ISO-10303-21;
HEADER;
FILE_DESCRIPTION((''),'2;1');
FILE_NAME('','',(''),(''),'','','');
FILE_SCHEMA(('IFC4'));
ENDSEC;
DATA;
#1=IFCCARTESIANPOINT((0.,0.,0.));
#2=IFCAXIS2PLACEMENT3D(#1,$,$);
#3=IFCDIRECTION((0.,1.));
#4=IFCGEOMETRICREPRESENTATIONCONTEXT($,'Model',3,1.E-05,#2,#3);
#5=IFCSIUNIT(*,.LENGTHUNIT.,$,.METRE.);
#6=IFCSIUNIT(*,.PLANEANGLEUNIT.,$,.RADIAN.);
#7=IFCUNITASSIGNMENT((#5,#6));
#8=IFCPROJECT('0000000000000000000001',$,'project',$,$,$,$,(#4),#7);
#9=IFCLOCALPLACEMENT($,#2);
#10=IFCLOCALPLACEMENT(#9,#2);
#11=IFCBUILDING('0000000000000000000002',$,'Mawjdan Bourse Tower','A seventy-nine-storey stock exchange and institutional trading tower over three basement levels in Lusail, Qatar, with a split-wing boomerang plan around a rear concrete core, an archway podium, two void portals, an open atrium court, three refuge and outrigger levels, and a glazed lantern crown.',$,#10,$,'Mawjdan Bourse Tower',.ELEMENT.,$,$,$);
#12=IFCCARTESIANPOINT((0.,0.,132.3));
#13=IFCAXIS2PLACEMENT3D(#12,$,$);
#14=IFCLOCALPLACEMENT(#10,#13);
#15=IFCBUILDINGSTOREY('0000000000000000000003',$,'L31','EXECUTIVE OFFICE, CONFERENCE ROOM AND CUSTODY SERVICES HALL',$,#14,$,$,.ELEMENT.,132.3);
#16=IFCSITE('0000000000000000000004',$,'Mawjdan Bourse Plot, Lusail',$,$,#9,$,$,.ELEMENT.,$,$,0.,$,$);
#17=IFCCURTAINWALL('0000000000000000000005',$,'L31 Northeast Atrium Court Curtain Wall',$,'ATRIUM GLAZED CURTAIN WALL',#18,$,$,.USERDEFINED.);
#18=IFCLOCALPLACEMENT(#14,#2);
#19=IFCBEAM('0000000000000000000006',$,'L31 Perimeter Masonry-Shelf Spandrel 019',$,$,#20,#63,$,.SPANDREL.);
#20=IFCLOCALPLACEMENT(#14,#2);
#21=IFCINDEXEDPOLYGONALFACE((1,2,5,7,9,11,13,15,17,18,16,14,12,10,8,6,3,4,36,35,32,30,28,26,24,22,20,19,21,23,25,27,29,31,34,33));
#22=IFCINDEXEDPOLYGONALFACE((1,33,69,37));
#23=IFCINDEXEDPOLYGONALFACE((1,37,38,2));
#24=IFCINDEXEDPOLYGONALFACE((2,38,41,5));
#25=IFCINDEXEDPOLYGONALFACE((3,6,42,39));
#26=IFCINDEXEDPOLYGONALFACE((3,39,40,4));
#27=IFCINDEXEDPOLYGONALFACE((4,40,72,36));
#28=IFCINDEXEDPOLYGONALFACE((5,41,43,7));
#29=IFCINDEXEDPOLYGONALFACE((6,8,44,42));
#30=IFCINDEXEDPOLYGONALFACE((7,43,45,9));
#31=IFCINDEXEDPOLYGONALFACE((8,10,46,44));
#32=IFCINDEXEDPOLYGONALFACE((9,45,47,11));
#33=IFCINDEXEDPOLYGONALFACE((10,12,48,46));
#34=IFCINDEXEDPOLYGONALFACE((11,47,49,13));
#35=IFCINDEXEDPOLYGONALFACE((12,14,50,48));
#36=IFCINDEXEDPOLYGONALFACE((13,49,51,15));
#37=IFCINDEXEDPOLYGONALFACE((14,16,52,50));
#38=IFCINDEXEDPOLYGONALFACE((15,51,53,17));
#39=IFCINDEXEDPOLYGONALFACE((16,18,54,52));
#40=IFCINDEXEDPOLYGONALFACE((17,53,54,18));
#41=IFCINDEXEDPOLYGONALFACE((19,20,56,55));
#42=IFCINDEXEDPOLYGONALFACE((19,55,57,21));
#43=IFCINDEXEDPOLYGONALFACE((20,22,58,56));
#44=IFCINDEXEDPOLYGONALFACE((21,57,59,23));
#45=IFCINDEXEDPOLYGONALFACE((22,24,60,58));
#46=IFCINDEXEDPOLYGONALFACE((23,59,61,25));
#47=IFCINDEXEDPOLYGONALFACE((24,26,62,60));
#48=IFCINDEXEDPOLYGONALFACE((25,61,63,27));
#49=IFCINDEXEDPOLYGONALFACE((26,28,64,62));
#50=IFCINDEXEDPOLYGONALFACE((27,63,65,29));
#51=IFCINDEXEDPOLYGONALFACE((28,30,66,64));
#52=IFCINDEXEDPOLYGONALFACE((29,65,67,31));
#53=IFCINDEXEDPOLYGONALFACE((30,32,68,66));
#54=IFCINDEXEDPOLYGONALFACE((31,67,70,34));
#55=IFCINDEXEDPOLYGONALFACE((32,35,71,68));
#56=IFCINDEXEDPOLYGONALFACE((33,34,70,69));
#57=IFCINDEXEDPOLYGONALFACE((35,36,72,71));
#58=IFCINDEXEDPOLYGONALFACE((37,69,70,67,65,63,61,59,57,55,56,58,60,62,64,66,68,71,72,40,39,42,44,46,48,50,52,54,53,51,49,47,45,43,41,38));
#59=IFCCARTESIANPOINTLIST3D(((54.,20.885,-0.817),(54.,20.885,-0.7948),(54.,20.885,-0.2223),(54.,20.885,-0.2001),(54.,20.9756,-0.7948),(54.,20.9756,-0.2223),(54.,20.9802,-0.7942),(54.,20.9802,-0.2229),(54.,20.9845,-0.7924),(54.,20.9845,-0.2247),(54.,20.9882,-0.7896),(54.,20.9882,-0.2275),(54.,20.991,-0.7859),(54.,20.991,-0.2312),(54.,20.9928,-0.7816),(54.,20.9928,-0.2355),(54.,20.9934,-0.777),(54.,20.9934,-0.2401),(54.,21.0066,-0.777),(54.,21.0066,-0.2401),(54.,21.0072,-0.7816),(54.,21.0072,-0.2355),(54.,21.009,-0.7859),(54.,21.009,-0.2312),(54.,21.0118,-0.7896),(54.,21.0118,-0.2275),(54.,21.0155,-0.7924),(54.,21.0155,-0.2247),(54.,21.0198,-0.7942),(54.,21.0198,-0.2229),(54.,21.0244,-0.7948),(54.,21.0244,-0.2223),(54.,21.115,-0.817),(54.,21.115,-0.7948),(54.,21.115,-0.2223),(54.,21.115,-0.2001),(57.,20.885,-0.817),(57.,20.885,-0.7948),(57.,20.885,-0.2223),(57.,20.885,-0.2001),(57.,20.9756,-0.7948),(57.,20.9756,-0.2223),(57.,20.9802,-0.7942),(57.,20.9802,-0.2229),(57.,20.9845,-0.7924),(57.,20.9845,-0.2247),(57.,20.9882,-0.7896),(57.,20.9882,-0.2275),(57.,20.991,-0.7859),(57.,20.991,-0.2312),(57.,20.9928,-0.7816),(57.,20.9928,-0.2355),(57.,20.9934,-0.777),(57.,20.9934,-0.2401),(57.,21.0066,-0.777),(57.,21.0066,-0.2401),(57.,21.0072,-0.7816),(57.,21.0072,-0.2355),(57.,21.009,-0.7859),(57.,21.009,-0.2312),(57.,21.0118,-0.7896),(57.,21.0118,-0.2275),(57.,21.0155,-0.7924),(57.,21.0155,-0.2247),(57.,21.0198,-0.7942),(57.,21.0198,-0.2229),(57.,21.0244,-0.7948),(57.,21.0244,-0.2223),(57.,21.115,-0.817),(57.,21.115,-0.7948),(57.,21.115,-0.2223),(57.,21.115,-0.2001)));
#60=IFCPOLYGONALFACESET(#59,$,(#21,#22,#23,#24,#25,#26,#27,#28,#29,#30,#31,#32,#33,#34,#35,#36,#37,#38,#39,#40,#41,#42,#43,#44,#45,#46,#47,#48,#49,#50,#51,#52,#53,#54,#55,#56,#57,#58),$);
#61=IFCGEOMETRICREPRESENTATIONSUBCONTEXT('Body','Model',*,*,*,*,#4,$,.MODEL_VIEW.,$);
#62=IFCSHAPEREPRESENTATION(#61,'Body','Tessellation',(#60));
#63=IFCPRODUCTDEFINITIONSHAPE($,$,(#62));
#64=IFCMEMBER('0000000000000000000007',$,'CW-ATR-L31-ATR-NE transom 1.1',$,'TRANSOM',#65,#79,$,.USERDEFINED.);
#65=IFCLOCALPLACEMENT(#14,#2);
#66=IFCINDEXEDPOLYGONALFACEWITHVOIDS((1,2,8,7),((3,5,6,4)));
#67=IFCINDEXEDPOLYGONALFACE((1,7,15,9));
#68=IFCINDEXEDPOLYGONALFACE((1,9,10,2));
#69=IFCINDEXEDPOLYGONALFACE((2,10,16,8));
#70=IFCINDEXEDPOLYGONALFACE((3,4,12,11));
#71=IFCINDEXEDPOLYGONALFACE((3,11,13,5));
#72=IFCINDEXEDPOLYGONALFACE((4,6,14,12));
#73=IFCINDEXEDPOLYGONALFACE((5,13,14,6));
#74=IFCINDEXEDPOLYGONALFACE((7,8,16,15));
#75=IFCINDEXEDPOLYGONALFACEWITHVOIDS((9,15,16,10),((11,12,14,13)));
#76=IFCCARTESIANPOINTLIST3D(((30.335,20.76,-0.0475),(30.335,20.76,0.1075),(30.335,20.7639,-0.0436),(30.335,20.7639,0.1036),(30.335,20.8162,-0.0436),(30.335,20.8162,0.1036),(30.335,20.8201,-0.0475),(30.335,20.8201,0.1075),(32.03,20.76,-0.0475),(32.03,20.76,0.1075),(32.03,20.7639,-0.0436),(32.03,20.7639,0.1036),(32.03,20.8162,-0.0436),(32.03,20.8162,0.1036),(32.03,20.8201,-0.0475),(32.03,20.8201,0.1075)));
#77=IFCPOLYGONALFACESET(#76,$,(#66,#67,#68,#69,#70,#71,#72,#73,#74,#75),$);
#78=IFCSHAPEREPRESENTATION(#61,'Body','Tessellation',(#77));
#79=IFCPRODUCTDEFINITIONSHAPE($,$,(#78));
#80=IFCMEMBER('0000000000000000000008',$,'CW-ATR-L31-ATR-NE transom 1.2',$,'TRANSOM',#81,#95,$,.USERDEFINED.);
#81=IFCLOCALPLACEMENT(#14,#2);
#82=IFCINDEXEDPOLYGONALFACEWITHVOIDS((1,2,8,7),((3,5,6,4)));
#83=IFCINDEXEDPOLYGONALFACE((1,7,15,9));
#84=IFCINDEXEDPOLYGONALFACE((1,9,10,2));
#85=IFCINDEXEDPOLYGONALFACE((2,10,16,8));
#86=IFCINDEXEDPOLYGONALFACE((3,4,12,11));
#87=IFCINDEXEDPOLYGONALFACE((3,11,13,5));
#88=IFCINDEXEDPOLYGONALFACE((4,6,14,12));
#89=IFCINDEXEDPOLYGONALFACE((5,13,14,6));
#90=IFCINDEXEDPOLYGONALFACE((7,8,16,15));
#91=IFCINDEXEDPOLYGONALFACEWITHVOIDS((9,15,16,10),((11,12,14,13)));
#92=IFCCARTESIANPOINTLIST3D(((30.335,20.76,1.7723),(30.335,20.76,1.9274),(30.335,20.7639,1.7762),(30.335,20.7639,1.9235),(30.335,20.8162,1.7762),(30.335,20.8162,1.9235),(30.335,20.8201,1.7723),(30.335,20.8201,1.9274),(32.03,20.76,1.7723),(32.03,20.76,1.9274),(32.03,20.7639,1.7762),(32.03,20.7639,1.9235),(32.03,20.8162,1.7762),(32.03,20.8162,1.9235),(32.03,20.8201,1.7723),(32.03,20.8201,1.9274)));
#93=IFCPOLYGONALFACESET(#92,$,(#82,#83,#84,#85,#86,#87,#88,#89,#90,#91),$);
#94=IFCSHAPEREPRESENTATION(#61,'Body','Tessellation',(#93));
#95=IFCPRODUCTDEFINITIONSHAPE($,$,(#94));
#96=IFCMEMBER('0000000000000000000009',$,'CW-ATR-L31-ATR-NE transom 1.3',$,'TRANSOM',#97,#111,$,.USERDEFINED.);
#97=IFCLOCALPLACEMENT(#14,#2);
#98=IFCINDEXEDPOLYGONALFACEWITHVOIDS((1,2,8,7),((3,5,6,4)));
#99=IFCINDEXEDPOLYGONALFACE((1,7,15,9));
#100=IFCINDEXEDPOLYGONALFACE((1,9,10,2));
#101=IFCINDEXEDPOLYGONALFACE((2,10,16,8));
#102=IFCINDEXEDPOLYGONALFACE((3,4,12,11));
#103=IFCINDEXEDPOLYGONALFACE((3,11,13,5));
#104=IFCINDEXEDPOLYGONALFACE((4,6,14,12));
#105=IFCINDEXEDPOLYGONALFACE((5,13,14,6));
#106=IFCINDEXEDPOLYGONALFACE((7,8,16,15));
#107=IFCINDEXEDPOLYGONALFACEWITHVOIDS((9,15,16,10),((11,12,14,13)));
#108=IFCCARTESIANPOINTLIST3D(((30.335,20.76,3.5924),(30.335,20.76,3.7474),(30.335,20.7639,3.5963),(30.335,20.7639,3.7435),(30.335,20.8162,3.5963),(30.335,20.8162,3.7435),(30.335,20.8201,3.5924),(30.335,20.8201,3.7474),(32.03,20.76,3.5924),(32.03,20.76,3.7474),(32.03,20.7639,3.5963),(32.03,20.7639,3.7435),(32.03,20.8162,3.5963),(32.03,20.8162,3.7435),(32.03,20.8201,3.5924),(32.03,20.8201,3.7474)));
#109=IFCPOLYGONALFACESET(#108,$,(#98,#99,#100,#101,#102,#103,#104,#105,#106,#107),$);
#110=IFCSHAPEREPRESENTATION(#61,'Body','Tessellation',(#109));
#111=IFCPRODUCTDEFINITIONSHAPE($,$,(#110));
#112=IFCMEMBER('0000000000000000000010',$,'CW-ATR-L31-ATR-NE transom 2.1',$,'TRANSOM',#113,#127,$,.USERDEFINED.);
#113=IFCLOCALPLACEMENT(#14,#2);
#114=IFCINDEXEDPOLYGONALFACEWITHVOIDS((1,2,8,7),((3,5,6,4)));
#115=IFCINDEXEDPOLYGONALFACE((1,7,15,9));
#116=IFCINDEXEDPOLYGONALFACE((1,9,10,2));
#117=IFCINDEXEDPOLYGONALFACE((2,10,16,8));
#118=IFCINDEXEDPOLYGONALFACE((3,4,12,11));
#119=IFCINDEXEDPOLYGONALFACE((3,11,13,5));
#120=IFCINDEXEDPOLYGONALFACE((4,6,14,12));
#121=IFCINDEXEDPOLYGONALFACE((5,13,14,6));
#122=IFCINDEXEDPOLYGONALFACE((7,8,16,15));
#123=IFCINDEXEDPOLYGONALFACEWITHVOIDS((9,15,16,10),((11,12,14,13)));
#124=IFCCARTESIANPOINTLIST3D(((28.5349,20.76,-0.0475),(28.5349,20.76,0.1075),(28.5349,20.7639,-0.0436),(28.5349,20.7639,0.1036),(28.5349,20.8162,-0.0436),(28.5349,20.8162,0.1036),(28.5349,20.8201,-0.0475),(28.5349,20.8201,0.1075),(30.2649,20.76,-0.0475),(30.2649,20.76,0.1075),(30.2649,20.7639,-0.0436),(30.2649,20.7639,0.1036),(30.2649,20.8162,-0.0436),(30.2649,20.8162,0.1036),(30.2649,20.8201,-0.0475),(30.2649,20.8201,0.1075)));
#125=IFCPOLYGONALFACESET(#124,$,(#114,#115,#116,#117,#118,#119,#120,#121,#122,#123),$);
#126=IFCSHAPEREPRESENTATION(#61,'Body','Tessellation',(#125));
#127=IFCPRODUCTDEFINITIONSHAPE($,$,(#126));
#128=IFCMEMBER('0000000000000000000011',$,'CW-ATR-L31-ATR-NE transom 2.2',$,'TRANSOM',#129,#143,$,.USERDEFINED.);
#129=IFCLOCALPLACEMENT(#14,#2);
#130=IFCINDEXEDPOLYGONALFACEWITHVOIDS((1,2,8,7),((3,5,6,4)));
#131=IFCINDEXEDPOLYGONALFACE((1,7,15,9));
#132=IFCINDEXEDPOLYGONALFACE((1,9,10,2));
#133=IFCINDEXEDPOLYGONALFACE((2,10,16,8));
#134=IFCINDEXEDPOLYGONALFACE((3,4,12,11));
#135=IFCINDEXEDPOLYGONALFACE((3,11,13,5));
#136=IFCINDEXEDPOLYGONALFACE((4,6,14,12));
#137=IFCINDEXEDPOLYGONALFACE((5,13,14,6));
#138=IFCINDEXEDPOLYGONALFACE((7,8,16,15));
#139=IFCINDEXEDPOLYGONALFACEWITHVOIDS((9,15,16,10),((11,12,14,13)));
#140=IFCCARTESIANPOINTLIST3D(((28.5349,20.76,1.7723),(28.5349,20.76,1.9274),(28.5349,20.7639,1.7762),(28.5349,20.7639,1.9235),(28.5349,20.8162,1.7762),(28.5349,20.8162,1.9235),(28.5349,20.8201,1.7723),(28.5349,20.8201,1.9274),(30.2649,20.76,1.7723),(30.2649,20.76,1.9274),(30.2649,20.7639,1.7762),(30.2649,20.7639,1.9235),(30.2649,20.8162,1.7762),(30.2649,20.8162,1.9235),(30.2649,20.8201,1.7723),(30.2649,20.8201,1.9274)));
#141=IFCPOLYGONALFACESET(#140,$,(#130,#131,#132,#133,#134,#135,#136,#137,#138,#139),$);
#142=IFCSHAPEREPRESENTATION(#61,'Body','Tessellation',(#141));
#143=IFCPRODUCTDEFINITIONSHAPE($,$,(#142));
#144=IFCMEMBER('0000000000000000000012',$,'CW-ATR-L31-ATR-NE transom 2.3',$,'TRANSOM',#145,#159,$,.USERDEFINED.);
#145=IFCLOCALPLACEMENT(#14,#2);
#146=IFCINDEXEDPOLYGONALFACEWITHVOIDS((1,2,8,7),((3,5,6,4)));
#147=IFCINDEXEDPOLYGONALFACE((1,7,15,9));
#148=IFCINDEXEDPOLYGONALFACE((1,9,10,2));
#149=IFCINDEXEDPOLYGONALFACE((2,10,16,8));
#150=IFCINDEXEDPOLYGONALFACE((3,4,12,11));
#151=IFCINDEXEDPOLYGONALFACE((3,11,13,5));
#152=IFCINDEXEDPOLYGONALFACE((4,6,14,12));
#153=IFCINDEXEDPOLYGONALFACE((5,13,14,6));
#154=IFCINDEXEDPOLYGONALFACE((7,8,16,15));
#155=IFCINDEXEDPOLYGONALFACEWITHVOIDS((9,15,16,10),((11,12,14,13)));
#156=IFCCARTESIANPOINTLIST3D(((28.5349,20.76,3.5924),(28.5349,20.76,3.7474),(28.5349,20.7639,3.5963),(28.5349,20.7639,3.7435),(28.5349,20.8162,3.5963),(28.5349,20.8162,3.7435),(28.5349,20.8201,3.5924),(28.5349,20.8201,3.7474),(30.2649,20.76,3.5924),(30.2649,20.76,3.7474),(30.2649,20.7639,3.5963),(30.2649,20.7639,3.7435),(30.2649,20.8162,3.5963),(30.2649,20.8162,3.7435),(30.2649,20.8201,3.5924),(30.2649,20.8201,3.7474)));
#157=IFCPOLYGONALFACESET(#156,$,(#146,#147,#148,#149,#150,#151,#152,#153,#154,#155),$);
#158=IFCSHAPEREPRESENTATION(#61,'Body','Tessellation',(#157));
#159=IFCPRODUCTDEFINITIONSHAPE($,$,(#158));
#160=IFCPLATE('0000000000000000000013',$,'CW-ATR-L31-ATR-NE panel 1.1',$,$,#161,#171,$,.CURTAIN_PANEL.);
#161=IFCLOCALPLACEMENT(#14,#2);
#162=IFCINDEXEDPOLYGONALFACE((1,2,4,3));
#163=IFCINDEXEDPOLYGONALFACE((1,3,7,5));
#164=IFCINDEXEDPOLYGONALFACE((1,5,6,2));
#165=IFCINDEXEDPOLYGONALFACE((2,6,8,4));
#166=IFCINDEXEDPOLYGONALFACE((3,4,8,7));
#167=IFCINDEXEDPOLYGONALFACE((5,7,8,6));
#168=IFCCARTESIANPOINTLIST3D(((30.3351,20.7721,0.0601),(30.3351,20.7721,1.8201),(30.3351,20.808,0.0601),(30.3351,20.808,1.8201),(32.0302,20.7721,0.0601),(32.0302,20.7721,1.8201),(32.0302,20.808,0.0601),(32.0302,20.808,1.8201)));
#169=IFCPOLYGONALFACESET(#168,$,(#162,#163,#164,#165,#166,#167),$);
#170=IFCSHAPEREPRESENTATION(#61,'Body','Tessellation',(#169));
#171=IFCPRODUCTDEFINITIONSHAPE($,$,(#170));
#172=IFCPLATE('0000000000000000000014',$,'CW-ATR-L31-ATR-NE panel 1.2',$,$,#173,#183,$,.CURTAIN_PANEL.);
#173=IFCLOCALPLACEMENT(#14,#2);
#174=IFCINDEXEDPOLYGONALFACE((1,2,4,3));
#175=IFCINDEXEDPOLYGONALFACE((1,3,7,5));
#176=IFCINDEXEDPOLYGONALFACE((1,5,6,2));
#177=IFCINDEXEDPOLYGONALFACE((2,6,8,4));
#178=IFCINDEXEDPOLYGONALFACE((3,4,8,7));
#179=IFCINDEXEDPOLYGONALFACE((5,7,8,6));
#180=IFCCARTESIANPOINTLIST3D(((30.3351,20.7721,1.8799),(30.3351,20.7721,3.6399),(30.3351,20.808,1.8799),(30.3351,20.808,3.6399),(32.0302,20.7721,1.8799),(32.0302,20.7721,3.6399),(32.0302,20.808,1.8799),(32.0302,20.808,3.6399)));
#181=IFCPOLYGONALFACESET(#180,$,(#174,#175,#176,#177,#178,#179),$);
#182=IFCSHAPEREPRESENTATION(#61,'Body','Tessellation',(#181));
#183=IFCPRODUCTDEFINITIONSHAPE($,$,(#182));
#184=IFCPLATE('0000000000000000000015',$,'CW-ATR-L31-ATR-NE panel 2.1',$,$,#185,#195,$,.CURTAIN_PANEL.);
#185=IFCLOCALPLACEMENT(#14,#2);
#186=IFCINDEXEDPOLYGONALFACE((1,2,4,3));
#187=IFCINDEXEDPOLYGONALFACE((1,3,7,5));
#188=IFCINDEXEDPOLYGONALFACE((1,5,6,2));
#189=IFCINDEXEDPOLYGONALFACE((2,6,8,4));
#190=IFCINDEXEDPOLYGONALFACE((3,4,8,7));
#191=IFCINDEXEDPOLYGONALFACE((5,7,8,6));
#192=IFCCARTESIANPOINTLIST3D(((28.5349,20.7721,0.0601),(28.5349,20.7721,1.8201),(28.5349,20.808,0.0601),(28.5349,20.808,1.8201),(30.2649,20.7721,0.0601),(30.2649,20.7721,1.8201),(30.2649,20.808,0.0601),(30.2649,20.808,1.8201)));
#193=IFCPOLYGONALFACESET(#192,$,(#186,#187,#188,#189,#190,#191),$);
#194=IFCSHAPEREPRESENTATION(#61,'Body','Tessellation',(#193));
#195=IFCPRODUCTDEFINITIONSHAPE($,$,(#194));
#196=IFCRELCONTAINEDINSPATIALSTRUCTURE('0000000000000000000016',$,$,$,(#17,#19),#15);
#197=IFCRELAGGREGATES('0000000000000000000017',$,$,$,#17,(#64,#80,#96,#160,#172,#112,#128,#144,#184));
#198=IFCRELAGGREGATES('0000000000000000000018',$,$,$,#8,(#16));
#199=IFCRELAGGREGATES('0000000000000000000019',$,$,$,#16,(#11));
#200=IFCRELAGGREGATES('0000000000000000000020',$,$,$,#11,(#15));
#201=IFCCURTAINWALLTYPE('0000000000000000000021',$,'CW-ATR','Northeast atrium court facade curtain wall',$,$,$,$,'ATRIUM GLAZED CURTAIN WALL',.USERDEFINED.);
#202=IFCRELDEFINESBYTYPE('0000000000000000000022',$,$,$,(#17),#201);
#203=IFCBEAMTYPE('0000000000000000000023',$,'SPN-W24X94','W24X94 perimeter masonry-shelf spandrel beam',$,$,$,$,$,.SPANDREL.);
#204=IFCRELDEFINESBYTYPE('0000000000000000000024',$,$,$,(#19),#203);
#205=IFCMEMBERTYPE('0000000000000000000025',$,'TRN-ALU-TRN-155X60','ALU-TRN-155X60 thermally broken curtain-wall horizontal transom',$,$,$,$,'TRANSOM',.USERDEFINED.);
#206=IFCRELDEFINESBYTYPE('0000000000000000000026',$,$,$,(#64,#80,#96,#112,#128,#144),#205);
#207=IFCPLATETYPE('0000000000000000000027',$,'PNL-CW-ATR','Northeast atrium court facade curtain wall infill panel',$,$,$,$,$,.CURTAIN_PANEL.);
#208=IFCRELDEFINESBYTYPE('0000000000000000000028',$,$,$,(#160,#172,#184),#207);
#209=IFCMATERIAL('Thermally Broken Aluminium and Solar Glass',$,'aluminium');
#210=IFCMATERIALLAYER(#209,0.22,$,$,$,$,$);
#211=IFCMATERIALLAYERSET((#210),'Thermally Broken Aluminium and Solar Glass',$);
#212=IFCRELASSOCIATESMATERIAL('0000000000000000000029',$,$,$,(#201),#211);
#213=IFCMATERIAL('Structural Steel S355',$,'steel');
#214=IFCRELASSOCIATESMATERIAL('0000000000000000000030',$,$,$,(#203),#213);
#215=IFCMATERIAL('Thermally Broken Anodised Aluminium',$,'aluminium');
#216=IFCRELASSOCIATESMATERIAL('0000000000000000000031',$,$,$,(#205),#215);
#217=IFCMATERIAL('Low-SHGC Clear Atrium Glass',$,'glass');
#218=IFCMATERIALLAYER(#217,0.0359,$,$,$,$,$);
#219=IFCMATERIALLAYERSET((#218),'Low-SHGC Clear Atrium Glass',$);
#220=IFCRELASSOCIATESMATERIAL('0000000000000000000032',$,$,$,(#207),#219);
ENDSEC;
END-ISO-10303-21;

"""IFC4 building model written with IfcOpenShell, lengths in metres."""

from ifc_helpers import new_model, si_unit, direction, frame, origin, origin_2d, place, context, subcontext, project, spatial, rectangle, hollow_rectangle, i_section, extrude, material, layer, layer_set, material_profile, profile_set, type_object, element, aggregate, save


model = new_model("IFC4")

# Units and contexts
model_context = context("Model", 3, precision=1e-05, world=origin(), true_north=direction((0.0, 1.0)))
body_context = subcontext(model_context, "Body", "Model", "MODEL_VIEW")
ifc_project = project(units=[si_unit("LENGTHUNIT", "METRE"), si_unit("PLANEANGLEUNIT", "RADIAN")], contexts=[model_context])

# Site, building, storey
site_placement = place(None, origin())
site = spatial("IfcSite", under=ifc_project, at=site_placement, Name="Mawjdan Bourse Plot, Lusail", CompositionType="ELEMENT", RefElevation=0.0)
building_placement = place(site_placement, origin())
building = spatial("IfcBuilding", under=site, at=building_placement, Name="Mawjdan Bourse Tower", Description="A seventy-nine-storey stock exchange and institutional trading tower over three basement levels in Lusail, Qatar, with a split-wing boomerang plan around a rear concrete core, an archway podium, two void portals, an open atrium court, three refuge and outrigger levels, and a glazed lantern crown.", LongName="Mawjdan Bourse Tower", CompositionType="ELEMENT")
storey_placement = place(building_placement, frame((0.0, 0.0, 132.3)))
storey = spatial("IfcBuildingStorey", under=building, at=storey_placement, Name="L31", Description="EXECUTIVE OFFICE, CONFERENCE ROOM AND CUSTODY SERVICES HALL", CompositionType="ELEMENT", Elevation=132.3)

# Shared definitions
ifc_material_1 = material(Name="Structural Steel S355", Category="steel")

# Curtain wall
ifc_material_2 = material(Name="Thermally Broken Aluminium and Solar Glass", Category="aluminium")
ifc_layer_1 = layer(ifc_material_2, 0.22)
ifc_layer_set_1 = layer_set([ifc_layer_1], Name="Thermally Broken Aluminium and Solar Glass")
curtain_wall_type = type_object("IfcCurtainWallType", Name="CW-ATR", Description="Northeast atrium court facade curtain wall", ElementType="ATRIUM GLAZED CURTAIN WALL", PredefinedType="USERDEFINED", material=ifc_layer_set_1)
curtain_wall_placement = place(storey_placement, origin())
curtain_wall = element("IfcCurtainWall", 1, at=curtain_wall_placement, inside=storey, type_object=curtain_wall_type, Name="L31 Northeast Atrium Court Curtain Wall", ObjectType="ATRIUM GLAZED CURTAIN WALL", PredefinedType="USERDEFINED")
ifc_material_3 = material(Name="Thermally Broken Anodised Aluminium", Category="aluminium")

# Beam
ifc_material_profile_1 = material_profile(ifc_material_1, i_section(OverallWidth=0.23, OverallDepth=0.6169, WebThickness=0.0132, FlangeThickness=0.0222, FilletRadius=0.0178, at=origin_2d()), Name="W24X94")
ifc_profile_set_1 = profile_set([ifc_material_profile_1], Name="Structural Steel S355")
beam_type_1 = type_object("IfcBeamType", Name="SPN-W24X94", Description="W24X94 perimeter masonry-shelf spandrel beam", PredefinedType="SPANDREL", material=ifc_profile_set_1)
for number, where, z_axis, x_axis, name in (
    (2, (54.0, 21.0, -0.5085), (1.0, 0.0, 0.0), (0.0, 1.0, 0.0), "L31 Perimeter Masonry-Shelf Spandrel 019"),
):
    element("IfcBeam", number, at=place(storey_placement, frame(where, z_axis=z_axis, x_axis=x_axis)), inside=storey, type_object=beam_type_1, Name=name, PredefinedType="SPANDREL", context=body_context, shape_type="SweptSolid", body=[
        extrude(i_section(OverallWidth=0.23, OverallDepth=0.6169, WebThickness=0.0132, FlangeThickness=0.0222, FilletRadius=0.0178, at=origin_2d()), origin(), (0.0, 0.0, 1.0), 3.0),
    ])

# Members
ifc_material_profile_2 = material_profile(ifc_material_3, hollow_rectangle(XDim=0.0601, YDim=0.155, WallThickness=0.0039, at=origin_2d()), Name="ALU-TRN-155X60")
ifc_profile_set_2 = profile_set([ifc_material_profile_2], Name="Thermally Broken Anodised Aluminium")
member_type_1 = type_object("IfcMemberType", Name="TRN-ALU-TRN-155X60", Description="ALU-TRN-155X60 thermally broken curtain-wall horizontal transom", ElementType="TRANSOM", PredefinedType="USERDEFINED", material=ifc_profile_set_2)
member_1_placement = place(storey_placement, frame((32.03, 20.79, 0.03), z_axis=(-1.0, 0.0, 0.0), x_axis=(0.0, -1.0, 0.0)))
member_1 = element("IfcMember", 3, at=member_1_placement, type_object=member_type_1, Name="CW-ATR-L31-ATR-NE transom 1.1", ObjectType="TRANSOM", PredefinedType="USERDEFINED", context=body_context, shape_type="SweptSolid", body=[
    extrude(hollow_rectangle(XDim=0.0601, YDim=0.155, WallThickness=0.0039, at=origin_2d()), origin(), (0.0, 0.0, 1.0), 1.6951),
])
member_2_placement = place(storey_placement, frame((32.03, 20.79, 1.8499), z_axis=(-1.0, 0.0, 0.0), x_axis=(0.0, -1.0, 0.0)))
member_2 = element("IfcMember", 4, at=member_2_placement, type_object=member_type_1, Name="CW-ATR-L31-ATR-NE transom 1.2", ObjectType="TRANSOM", PredefinedType="USERDEFINED", context=body_context, shape_type="SweptSolid", body=[
    extrude(hollow_rectangle(XDim=0.0601, YDim=0.155, WallThickness=0.0039, at=origin_2d()), origin(), (0.0, 0.0, 1.0), 1.6951),
])
member_3_placement = place(storey_placement, frame((32.03, 20.79, 3.6699), z_axis=(-1.0, 0.0, 0.0), x_axis=(0.0, -1.0, 0.0)))
member_3 = element("IfcMember", 5, at=member_3_placement, type_object=member_type_1, Name="CW-ATR-L31-ATR-NE transom 1.3", ObjectType="TRANSOM", PredefinedType="USERDEFINED", context=body_context, shape_type="SweptSolid", body=[
    extrude(hollow_rectangle(XDim=0.0601, YDim=0.155, WallThickness=0.0039, at=origin_2d()), origin(), (0.0, 0.0, 1.0), 1.6951),
])
member_4_placement = place(storey_placement, frame((30.2649, 20.79, 0.03), z_axis=(-1.0, 0.0, 0.0), x_axis=(0.0, -1.0, 0.0)))
member_4 = element("IfcMember", 6, at=member_4_placement, type_object=member_type_1, Name="CW-ATR-L31-ATR-NE transom 2.1", ObjectType="TRANSOM", PredefinedType="USERDEFINED", context=body_context, shape_type="SweptSolid", body=[
    extrude(hollow_rectangle(XDim=0.0601, YDim=0.155, WallThickness=0.0039, at=origin_2d()), origin(), (0.0, 0.0, 1.0), 1.73),
])
member_5_placement = place(storey_placement, frame((30.2649, 20.79, 1.8499), z_axis=(-1.0, 0.0, 0.0), x_axis=(0.0, -1.0, 0.0)))
member_5 = element("IfcMember", 7, at=member_5_placement, type_object=member_type_1, Name="CW-ATR-L31-ATR-NE transom 2.2", ObjectType="TRANSOM", PredefinedType="USERDEFINED", context=body_context, shape_type="SweptSolid", body=[
    extrude(hollow_rectangle(XDim=0.0601, YDim=0.155, WallThickness=0.0039, at=origin_2d()), origin(), (0.0, 0.0, 1.0), 1.73),
])
member_6_placement = place(storey_placement, frame((30.2649, 20.79, 3.6699), z_axis=(-1.0, 0.0, 0.0), x_axis=(0.0, -1.0, 0.0)))
member_6 = element("IfcMember", 8, at=member_6_placement, type_object=member_type_1, Name="CW-ATR-L31-ATR-NE transom 2.3", ObjectType="TRANSOM", PredefinedType="USERDEFINED", context=body_context, shape_type="SweptSolid", body=[
    extrude(hollow_rectangle(XDim=0.0601, YDim=0.155, WallThickness=0.0039, at=origin_2d()), origin(), (0.0, 0.0, 1.0), 1.73),
])

# Plates
ifc_material_4 = material(Name="Low-SHGC Clear Atrium Glass", Category="glass")
ifc_layer_2 = layer(ifc_material_4, 0.0359)
ifc_layer_set_2 = layer_set([ifc_layer_2], Name="Low-SHGC Clear Atrium Glass")
plate_type = type_object("IfcPlateType", Name="PNL-CW-ATR", Description="Northeast atrium court facade curtain wall infill panel", PredefinedType="CURTAIN_PANEL", material=ifc_layer_set_2)
plate_1_placement = place(storey_placement, frame((31.1826, 20.79, 0.0601), z_axis=(0.0, 0.0, 1.0), x_axis=(-1.0, 0.0, 0.0)))
plate_1 = element("IfcPlate", 9, at=plate_1_placement, type_object=plate_type, Name="CW-ATR-L31-ATR-NE panel 1.1", PredefinedType="CURTAIN_PANEL", context=body_context, shape_type="SweptSolid", body=[
    extrude(rectangle(XDim=1.6951, YDim=0.0359, at=origin_2d()), origin(), (0.0, 0.0, 1.0), 1.76),
])
plate_2_placement = place(storey_placement, frame((31.1826, 20.79, 1.8799), z_axis=(0.0, 0.0, 1.0), x_axis=(-1.0, 0.0, 0.0)))
plate_2 = element("IfcPlate", 10, at=plate_2_placement, type_object=plate_type, Name="CW-ATR-L31-ATR-NE panel 1.2", PredefinedType="CURTAIN_PANEL", context=body_context, shape_type="SweptSolid", body=[
    extrude(rectangle(XDim=1.6951, YDim=0.0359, at=origin_2d()), origin(), (0.0, 0.0, 1.0), 1.76),
])
plate_3_placement = place(storey_placement, frame((29.3999, 20.79, 0.0601), z_axis=(0.0, 0.0, 1.0), x_axis=(-1.0, 0.0, 0.0)))
plate_3 = element("IfcPlate", 11, at=plate_3_placement, type_object=plate_type, Name="CW-ATR-L31-ATR-NE panel 2.1", PredefinedType="CURTAIN_PANEL", context=body_context, shape_type="SweptSolid", body=[
    extrude(rectangle(XDim=1.73, YDim=0.0359, at=origin_2d()), origin(), (0.0, 0.0, 1.0), 1.76),
])
aggregate(curtain_wall, [member_1, member_2, member_3, plate_1, plate_2, member_4, member_5, member_6, plate_3])

save(model, "model.ifc")
